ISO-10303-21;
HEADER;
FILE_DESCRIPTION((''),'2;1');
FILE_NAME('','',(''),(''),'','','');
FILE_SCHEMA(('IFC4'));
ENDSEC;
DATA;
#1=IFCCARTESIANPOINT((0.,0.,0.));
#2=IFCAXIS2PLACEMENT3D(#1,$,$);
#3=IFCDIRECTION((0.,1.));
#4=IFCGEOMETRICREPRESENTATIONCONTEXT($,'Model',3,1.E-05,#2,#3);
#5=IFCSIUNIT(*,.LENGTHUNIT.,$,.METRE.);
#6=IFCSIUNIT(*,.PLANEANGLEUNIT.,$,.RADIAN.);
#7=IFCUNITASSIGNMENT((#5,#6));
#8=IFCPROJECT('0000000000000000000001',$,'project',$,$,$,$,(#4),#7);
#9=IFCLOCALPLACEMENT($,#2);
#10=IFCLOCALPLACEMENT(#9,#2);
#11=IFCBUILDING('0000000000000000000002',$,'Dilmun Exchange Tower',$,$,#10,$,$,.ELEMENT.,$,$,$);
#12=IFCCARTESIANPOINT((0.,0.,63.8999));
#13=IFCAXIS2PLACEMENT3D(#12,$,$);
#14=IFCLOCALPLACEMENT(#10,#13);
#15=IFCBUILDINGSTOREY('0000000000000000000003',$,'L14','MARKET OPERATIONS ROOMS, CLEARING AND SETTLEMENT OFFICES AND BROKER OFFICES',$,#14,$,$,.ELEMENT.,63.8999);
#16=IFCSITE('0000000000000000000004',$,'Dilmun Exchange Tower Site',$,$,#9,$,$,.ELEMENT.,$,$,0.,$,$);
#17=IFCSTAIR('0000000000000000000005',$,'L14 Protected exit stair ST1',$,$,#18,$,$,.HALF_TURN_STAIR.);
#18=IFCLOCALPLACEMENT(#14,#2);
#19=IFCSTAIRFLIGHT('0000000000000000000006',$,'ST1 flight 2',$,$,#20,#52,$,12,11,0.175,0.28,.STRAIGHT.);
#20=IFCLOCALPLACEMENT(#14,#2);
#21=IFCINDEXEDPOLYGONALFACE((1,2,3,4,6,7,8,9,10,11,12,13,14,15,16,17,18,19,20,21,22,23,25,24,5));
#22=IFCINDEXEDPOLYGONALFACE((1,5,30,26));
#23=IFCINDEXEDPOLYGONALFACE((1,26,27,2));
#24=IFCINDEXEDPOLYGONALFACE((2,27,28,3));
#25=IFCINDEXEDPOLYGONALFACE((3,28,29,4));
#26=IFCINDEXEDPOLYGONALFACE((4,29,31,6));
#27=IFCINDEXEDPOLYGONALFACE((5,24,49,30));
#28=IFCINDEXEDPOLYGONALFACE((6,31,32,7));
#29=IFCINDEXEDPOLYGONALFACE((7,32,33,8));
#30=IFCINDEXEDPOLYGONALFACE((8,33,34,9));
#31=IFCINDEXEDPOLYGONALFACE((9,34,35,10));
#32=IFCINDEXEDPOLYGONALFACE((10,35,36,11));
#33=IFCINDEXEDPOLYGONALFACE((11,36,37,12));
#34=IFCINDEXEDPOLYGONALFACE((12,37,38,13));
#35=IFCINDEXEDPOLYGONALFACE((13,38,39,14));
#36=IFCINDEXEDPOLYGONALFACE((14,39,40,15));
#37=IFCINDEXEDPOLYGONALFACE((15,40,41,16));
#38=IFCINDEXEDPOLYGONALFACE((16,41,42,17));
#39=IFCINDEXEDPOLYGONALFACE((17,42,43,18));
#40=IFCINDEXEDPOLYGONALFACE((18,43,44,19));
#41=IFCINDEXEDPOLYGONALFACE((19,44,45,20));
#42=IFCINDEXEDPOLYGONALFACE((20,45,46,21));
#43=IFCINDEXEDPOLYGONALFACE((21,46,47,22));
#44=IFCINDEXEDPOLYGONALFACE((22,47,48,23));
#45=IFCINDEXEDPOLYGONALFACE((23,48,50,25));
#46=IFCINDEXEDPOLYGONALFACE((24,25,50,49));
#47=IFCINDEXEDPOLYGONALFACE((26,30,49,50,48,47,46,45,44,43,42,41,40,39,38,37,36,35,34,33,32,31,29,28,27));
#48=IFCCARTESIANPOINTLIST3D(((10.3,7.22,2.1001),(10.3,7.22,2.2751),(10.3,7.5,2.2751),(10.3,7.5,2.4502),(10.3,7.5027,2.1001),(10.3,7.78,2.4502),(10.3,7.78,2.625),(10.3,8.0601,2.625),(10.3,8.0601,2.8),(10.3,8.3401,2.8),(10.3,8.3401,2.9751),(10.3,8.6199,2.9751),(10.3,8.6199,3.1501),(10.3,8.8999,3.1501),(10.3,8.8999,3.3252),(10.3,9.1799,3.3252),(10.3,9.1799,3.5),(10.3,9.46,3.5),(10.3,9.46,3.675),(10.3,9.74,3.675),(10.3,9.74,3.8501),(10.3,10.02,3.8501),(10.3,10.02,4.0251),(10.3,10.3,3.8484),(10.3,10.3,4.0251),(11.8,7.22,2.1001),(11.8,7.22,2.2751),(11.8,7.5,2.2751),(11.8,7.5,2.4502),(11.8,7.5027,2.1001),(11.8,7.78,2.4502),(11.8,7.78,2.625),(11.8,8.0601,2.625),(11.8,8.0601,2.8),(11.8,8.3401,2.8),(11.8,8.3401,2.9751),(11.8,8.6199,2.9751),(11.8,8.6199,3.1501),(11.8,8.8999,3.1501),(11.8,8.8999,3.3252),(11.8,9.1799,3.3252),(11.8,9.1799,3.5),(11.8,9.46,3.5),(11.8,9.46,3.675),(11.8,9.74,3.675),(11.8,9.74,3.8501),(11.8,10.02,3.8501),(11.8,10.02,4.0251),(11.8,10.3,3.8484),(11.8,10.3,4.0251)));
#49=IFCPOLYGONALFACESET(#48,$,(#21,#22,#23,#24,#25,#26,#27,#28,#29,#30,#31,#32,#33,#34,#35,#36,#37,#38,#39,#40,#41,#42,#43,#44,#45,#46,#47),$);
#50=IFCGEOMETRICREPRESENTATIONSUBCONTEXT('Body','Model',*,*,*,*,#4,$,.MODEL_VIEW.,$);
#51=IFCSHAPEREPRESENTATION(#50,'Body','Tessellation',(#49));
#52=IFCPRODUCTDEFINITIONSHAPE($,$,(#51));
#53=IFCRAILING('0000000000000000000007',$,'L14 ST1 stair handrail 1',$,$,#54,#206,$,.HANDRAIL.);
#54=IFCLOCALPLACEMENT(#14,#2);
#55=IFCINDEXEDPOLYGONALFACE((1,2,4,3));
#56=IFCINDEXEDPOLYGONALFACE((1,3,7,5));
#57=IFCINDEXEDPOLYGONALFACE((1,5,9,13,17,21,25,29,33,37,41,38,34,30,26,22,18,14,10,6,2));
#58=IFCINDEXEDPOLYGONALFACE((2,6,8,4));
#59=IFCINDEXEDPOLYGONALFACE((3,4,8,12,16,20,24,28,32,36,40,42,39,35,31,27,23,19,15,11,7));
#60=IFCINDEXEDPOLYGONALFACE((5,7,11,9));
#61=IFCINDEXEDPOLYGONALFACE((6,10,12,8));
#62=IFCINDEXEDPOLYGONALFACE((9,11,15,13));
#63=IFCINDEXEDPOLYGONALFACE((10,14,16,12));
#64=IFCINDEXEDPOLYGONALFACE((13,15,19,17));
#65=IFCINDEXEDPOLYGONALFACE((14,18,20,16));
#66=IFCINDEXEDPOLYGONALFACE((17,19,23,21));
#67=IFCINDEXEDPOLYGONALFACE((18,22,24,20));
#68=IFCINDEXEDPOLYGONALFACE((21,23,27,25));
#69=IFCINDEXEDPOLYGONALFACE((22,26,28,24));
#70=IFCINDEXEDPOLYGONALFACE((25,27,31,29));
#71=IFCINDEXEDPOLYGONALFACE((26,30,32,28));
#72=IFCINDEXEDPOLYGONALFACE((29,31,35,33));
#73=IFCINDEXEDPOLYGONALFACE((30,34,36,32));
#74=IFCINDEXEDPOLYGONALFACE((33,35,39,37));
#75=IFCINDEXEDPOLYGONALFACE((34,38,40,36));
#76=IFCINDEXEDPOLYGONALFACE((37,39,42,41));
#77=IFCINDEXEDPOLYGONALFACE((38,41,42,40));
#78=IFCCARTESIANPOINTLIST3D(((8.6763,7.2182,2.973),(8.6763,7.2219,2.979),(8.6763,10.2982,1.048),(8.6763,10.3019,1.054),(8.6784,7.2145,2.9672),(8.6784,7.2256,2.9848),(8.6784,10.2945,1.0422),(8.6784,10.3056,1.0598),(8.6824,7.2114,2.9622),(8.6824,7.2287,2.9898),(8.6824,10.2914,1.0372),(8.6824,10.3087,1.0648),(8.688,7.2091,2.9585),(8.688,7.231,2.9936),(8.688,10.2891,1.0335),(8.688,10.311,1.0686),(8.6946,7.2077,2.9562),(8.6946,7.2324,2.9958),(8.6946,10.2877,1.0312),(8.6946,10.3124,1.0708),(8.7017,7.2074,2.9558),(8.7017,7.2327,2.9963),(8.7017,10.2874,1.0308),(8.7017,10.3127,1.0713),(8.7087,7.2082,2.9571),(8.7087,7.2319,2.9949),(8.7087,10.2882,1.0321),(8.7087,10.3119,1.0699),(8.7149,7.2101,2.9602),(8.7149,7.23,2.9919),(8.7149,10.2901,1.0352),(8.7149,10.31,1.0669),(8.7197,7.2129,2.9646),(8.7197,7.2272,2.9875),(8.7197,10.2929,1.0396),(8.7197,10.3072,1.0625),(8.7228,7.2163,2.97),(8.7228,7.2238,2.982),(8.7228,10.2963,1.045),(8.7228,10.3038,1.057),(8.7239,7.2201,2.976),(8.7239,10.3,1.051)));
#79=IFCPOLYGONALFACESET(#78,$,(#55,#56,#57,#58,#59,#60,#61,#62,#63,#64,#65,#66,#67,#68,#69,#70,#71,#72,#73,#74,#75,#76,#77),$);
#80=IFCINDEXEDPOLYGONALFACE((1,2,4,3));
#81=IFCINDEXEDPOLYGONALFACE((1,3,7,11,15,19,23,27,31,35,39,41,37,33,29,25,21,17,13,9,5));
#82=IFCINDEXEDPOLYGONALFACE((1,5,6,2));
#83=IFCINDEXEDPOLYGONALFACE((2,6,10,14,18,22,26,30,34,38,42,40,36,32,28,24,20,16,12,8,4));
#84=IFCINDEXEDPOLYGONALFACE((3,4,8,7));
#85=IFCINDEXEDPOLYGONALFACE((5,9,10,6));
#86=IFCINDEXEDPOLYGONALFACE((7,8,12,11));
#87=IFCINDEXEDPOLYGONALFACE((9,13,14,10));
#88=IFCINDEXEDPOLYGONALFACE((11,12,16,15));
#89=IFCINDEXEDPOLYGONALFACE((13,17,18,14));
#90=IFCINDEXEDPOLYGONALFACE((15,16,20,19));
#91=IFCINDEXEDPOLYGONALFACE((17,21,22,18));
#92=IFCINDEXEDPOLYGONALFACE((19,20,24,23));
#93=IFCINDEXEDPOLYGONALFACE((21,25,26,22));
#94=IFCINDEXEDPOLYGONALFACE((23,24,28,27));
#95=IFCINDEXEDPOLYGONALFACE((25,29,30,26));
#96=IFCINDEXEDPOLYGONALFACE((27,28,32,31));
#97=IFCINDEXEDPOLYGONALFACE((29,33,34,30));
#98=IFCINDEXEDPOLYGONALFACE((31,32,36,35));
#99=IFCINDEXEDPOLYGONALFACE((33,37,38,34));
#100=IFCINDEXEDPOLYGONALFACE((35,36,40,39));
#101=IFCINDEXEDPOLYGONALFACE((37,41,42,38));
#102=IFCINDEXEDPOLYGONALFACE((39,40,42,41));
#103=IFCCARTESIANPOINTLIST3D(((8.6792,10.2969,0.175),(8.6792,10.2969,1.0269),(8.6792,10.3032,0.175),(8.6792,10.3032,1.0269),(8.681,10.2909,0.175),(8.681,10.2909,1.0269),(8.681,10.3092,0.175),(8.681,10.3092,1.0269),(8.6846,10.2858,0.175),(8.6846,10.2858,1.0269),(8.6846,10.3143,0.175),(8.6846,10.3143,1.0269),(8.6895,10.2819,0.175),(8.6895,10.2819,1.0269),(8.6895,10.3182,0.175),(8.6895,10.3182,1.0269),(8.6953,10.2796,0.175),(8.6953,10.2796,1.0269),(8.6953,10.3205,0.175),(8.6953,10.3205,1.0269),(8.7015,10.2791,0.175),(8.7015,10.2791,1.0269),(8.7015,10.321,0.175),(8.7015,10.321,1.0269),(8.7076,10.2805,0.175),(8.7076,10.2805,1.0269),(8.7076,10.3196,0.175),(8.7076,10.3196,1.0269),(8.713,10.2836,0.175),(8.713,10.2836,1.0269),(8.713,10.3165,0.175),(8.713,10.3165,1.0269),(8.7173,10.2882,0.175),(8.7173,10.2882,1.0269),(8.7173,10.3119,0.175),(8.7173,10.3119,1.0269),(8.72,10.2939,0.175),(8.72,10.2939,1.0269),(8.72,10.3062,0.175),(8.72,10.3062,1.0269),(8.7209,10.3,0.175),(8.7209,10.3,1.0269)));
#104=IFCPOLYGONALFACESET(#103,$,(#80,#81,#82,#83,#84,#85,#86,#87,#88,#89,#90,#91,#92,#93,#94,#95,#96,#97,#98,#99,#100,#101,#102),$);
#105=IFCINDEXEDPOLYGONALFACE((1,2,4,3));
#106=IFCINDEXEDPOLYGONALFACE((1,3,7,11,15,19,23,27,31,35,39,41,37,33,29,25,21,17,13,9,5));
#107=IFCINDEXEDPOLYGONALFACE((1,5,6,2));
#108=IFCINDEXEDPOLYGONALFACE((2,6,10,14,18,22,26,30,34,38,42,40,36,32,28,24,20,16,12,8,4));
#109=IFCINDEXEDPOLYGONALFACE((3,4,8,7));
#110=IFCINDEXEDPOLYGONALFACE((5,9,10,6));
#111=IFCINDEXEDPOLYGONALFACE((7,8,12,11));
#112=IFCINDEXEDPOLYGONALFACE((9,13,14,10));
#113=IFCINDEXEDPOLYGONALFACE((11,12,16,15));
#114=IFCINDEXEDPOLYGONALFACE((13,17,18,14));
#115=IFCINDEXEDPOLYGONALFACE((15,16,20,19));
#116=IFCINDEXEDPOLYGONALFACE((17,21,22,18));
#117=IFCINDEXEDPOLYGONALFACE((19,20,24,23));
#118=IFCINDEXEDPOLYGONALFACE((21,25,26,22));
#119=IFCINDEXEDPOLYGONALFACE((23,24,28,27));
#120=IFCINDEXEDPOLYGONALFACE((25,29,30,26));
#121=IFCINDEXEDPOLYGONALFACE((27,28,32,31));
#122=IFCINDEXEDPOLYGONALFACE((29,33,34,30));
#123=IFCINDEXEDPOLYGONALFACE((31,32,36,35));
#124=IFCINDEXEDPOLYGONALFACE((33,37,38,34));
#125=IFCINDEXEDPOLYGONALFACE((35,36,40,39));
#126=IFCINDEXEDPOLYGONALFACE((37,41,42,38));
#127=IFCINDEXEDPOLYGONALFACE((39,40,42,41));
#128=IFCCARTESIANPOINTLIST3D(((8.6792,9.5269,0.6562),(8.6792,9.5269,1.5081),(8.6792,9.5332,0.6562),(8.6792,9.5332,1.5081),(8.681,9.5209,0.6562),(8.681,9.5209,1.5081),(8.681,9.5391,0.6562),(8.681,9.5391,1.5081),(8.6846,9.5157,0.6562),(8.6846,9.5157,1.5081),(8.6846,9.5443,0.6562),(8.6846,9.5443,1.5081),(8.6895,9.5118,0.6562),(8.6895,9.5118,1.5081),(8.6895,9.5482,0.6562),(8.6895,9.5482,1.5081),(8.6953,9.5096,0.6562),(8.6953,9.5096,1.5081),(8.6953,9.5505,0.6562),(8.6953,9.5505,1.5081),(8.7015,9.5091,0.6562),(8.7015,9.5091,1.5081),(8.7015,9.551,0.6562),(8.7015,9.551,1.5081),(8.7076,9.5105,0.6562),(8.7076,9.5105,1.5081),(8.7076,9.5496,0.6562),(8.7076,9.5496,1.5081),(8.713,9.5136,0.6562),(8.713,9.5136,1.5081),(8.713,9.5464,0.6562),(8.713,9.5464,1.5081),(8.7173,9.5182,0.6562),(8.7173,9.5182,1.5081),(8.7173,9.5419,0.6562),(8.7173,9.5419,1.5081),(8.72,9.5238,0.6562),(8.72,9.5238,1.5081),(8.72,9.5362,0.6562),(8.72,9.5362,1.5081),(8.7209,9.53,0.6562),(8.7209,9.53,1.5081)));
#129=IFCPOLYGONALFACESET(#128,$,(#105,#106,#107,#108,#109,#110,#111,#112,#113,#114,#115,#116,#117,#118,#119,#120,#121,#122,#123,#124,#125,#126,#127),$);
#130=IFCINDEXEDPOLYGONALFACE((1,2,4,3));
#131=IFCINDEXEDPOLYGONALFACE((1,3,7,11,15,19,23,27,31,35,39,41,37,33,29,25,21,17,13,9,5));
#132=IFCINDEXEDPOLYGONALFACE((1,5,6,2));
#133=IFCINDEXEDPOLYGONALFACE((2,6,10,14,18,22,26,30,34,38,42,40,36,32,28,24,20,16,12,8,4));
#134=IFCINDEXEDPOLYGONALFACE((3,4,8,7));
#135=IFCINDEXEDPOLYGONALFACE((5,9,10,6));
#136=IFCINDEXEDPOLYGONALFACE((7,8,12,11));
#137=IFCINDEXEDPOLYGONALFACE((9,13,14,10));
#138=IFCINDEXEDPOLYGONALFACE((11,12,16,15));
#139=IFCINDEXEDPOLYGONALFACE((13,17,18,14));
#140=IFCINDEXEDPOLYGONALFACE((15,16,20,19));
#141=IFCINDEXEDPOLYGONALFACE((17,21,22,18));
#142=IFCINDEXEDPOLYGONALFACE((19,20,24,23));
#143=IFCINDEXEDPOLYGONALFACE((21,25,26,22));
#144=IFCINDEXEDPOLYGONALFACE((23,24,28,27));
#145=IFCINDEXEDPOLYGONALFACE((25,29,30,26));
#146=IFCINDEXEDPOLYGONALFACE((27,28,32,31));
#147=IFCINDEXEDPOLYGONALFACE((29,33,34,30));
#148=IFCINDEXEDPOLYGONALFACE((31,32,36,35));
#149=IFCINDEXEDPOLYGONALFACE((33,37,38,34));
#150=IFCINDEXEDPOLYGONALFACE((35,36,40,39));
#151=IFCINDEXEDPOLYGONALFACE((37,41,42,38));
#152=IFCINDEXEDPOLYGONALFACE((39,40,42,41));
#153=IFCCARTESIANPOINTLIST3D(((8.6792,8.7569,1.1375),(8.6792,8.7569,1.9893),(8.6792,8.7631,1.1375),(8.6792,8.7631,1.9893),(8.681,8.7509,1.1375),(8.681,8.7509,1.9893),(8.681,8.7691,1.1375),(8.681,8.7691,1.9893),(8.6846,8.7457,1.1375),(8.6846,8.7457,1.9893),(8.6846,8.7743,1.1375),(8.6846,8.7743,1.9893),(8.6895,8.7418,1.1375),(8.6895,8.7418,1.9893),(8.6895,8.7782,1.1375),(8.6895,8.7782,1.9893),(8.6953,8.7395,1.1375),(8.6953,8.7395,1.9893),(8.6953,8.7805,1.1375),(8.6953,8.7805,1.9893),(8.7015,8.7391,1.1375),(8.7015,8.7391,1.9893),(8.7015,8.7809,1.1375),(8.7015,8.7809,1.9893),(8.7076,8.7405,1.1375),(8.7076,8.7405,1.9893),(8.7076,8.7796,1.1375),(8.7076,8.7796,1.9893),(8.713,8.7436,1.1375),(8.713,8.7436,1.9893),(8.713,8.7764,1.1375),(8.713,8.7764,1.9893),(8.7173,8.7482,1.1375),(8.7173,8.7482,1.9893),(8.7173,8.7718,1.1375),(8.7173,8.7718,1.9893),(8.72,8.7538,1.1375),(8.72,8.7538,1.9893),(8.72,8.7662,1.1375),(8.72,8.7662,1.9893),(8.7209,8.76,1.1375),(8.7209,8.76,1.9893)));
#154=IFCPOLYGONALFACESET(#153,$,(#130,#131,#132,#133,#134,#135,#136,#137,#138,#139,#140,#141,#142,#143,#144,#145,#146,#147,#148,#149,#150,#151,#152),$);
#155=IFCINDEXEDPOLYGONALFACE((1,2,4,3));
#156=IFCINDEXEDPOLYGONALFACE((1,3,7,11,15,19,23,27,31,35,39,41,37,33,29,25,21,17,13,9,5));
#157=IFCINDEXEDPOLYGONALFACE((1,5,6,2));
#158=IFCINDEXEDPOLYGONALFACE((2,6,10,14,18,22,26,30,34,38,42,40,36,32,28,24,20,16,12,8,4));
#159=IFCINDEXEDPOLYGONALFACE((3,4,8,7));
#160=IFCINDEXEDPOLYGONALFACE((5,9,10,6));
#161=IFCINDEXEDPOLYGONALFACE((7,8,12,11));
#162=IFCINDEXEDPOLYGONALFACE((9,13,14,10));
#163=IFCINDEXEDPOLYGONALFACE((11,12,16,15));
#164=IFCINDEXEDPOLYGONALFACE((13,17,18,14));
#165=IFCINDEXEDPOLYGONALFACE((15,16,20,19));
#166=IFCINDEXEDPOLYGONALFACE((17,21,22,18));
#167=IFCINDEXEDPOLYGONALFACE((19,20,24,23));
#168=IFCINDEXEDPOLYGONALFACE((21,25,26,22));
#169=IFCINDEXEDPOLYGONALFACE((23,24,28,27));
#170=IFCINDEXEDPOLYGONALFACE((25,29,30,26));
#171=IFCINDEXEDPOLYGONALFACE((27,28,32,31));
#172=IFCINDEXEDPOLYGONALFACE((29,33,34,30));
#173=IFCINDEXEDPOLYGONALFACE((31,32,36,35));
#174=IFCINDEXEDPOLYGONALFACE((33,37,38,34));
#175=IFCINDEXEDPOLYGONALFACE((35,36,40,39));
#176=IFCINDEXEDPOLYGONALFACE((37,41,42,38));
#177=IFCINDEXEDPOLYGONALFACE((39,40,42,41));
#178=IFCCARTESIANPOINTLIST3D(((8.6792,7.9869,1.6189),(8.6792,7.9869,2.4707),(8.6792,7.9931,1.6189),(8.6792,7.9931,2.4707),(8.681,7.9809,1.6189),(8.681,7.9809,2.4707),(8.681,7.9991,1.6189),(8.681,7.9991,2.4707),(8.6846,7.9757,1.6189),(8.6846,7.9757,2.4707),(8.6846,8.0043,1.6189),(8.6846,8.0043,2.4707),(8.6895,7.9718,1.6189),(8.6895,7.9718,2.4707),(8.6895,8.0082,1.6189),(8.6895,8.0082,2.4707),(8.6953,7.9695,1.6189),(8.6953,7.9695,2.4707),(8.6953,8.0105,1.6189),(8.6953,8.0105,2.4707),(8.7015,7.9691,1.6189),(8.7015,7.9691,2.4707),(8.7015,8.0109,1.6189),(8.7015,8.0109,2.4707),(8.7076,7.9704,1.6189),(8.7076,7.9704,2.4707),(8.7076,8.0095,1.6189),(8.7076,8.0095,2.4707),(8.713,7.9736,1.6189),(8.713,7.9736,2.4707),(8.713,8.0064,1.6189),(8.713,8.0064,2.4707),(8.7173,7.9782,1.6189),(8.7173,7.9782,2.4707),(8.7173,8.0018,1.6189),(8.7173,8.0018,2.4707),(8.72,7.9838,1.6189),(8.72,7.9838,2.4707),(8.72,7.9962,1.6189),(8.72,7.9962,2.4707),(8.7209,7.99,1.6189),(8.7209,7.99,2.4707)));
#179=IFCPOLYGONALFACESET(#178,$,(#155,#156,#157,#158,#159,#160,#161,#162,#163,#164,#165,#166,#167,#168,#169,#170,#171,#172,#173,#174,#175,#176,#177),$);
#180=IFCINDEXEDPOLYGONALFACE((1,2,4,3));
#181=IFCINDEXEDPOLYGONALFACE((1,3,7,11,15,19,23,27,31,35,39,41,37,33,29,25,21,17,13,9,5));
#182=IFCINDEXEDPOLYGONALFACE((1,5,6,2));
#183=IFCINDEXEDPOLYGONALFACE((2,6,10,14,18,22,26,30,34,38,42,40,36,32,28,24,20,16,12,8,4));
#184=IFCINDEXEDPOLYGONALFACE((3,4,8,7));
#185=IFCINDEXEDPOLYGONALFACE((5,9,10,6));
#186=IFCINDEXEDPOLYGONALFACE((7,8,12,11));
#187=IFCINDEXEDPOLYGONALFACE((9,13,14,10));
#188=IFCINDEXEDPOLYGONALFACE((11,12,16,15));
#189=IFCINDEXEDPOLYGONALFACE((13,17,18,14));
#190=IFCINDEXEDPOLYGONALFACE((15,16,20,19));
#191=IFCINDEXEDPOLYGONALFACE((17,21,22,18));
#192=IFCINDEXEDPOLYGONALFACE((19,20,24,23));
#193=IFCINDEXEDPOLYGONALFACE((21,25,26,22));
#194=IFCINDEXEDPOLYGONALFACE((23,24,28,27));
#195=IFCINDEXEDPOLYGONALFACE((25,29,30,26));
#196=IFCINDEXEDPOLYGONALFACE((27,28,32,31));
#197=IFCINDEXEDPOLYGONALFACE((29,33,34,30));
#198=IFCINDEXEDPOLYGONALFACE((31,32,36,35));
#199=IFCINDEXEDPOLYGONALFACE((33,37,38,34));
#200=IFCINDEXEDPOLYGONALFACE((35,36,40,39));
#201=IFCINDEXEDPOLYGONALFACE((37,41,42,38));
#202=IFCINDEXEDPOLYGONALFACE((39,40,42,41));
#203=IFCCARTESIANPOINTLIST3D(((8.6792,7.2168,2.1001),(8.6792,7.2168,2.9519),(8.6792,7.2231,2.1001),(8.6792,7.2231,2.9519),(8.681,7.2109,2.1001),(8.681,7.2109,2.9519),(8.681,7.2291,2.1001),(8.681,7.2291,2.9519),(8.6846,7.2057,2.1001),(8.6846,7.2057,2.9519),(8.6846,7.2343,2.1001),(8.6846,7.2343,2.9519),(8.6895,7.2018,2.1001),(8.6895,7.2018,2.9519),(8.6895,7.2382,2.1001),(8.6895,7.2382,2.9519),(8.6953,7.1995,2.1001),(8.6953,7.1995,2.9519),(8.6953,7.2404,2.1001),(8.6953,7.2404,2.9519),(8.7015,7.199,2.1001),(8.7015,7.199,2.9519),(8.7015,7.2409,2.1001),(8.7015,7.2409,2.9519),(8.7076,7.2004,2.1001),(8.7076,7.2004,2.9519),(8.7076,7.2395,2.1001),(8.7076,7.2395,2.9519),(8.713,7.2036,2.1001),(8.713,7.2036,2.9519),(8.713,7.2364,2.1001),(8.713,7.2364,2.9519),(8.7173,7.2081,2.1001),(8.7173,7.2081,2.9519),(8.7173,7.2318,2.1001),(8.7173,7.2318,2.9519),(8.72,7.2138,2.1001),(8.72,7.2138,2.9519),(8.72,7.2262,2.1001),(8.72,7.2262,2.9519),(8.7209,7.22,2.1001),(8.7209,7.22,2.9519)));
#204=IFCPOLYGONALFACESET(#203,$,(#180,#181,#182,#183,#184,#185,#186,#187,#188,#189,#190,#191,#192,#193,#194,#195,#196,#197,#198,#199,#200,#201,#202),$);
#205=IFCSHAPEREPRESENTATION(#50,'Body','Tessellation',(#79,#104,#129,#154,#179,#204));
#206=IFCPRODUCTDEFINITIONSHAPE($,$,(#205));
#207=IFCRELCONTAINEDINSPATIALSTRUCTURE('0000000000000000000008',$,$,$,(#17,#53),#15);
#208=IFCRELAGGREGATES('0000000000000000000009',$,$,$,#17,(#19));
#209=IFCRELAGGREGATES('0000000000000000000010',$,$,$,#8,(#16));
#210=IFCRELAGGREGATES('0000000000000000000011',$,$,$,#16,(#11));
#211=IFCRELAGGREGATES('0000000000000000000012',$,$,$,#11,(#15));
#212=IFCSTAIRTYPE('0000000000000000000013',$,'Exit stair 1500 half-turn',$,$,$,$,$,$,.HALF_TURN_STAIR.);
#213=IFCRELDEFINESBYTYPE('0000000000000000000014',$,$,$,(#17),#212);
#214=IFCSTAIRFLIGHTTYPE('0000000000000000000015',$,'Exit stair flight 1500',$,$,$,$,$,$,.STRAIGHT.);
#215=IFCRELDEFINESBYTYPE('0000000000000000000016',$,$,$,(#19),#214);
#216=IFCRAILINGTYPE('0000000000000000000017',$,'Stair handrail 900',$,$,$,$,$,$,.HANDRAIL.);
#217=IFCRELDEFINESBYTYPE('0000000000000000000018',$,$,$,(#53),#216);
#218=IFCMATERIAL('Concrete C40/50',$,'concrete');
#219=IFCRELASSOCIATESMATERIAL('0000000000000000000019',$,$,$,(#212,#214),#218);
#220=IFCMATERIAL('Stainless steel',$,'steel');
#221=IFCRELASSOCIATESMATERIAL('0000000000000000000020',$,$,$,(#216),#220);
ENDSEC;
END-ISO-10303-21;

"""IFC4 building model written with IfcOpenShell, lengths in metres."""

from ifc_helpers import new_model, si_unit, direction, frame, origin, origin_2d, place, context, subcontext, project, spatial, polyline, circle, outline, extrude, material, type_object, element, aggregate, save


model = new_model("IFC4")

# Units and contexts
model_context = context("Model", 3, precision=1e-05, world=origin(), true_north=direction((0.0, 1.0)))
body_context = subcontext(model_context, "Body", "Model", "MODEL_VIEW")
ifc_project = project(units=[si_unit("LENGTHUNIT", "METRE"), si_unit("PLANEANGLEUNIT", "RADIAN")], contexts=[model_context])

# Site, building, storey
site_placement = place(None, origin())
site = spatial("IfcSite", under=ifc_project, at=site_placement, Name="Dilmun Exchange Tower Site", CompositionType="ELEMENT", RefElevation=0.0)
building_placement = place(site_placement, origin())
building = spatial("IfcBuilding", under=site, at=building_placement, Name="Dilmun Exchange Tower", CompositionType="ELEMENT")
storey_placement = place(building_placement, frame((0.0, 0.0, 63.8999)))
storey = spatial("IfcBuildingStorey", under=building, at=storey_placement, Name="L14", Description="MARKET OPERATIONS ROOMS, CLEARING AND SETTLEMENT OFFICES AND BROKER OFFICES", CompositionType="ELEMENT", Elevation=63.8999)

# Shared definitions
ifc_material_1 = material(Name="Concrete C40/50", Category="concrete")

# Stair, stair flight
stair_type = type_object("IfcStairType", Name="Exit stair 1500 half-turn", PredefinedType="HALF_TURN_STAIR", material=ifc_material_1)
stair_placement = place(storey_placement, origin())
stair = element("IfcStair", 1, at=stair_placement, inside=storey, type_object=stair_type, Name="L14 Protected exit stair ST1", PredefinedType="HALF_TURN_STAIR")
stair_flight_type = type_object("IfcStairFlightType", Name="Exit stair flight 1500", PredefinedType="STRAIGHT", material=ifc_material_1)
stair_flight_1_placement = place(storey_placement, frame((11.05, 7.22, 2.1001), z_axis=(0.0, 0.0, 1.0), x_axis=(0.0, 1.0, 0.0)))
stair_flight_1 = element("IfcStairFlight", 2, at=stair_flight_1_placement, type_object=stair_flight_type, Name="ST1 flight 2", NumberOfRisers=12, NumberOfTreads=11, PredefinedType="STRAIGHT", RiserHeight=0.175, TreadLength=0.28, context=body_context, shape_type="SweptSolid", body=[
    extrude(outline(polyline([(0.0, 0.0), (0.0, 0.175), (0.28, 0.175), (0.28, 0.3501), (0.5601, 0.3501), (0.5601, 0.5249), (0.8401, 0.5249), (0.8401, 0.7), (1.1201, 0.7), (1.1201, 0.875), (1.3999, 0.875), (1.3999, 1.05), (1.6799, 1.05), (1.6799, 1.2251), (1.96, 1.2251), (1.96, 1.3999), (2.24, 1.3999), (2.24, 1.575), (2.52, 1.575), (2.52, 1.75), (2.8, 1.75), (2.8, 1.925), (3.0801, 1.925), (3.0801, 2.1001), (3.0801, 1.7483), (0.2827, 0.0), (0.0, 0.0)])), frame((0.0, 0.75, 0.0), z_axis=(0.0, -1.0, 0.0), x_axis=(1.0, 0.0, 0.0)), (0.0, 0.0, 1.0), 1.5),
])
aggregate(stair, [stair_flight_1])

# Railing
ifc_material_2 = material(Name="Stainless steel", Category="steel")
railing_type = type_object("IfcRailingType", Name="Stair handrail 900", PredefinedType="HANDRAIL", material=ifc_material_2)
railing_1_placement = place(storey_placement, frame((8.7, 10.3, 0.175)))
element("IfcRailing", 3, at=railing_1_placement, inside=storey, type_object=railing_type, Name="L14 ST1 stair handrail 1", PredefinedType="HANDRAIL", context=body_context, shape_type="SweptSolid", body=[
    extrude(circle(Radius=0.0239, at=origin_2d()), frame((0.0, 0.0, 0.876), z_axis=(0.0, -0.847998, 0.529999), x_axis=(1.0, 0.0, 0.0)), (0.0, 0.0, 1.0), 3.6321),
    extrude(circle(Radius=0.021, at=origin_2d()), origin(), (0.0, 0.0, 1.0), 0.8518),
    extrude(circle(Radius=0.021, at=origin_2d()), frame((0.0, -0.77, 0.4812)), (0.0, 0.0, 1.0), 0.8518),
    extrude(circle(Radius=0.021, at=origin_2d()), frame((0.0, -1.54, 0.9624)), (0.0, 0.0, 1.0), 0.8518),
    extrude(circle(Radius=0.021, at=origin_2d()), frame((0.0, -2.3101, 1.4438)), (0.0, 0.0, 1.0), 0.8518),
    extrude(circle(Radius=0.021, at=origin_2d()), frame((0.0, -3.0801, 1.925)), (0.0, 0.0, 1.0), 0.8518),
])

save(model, "model.ifc")
